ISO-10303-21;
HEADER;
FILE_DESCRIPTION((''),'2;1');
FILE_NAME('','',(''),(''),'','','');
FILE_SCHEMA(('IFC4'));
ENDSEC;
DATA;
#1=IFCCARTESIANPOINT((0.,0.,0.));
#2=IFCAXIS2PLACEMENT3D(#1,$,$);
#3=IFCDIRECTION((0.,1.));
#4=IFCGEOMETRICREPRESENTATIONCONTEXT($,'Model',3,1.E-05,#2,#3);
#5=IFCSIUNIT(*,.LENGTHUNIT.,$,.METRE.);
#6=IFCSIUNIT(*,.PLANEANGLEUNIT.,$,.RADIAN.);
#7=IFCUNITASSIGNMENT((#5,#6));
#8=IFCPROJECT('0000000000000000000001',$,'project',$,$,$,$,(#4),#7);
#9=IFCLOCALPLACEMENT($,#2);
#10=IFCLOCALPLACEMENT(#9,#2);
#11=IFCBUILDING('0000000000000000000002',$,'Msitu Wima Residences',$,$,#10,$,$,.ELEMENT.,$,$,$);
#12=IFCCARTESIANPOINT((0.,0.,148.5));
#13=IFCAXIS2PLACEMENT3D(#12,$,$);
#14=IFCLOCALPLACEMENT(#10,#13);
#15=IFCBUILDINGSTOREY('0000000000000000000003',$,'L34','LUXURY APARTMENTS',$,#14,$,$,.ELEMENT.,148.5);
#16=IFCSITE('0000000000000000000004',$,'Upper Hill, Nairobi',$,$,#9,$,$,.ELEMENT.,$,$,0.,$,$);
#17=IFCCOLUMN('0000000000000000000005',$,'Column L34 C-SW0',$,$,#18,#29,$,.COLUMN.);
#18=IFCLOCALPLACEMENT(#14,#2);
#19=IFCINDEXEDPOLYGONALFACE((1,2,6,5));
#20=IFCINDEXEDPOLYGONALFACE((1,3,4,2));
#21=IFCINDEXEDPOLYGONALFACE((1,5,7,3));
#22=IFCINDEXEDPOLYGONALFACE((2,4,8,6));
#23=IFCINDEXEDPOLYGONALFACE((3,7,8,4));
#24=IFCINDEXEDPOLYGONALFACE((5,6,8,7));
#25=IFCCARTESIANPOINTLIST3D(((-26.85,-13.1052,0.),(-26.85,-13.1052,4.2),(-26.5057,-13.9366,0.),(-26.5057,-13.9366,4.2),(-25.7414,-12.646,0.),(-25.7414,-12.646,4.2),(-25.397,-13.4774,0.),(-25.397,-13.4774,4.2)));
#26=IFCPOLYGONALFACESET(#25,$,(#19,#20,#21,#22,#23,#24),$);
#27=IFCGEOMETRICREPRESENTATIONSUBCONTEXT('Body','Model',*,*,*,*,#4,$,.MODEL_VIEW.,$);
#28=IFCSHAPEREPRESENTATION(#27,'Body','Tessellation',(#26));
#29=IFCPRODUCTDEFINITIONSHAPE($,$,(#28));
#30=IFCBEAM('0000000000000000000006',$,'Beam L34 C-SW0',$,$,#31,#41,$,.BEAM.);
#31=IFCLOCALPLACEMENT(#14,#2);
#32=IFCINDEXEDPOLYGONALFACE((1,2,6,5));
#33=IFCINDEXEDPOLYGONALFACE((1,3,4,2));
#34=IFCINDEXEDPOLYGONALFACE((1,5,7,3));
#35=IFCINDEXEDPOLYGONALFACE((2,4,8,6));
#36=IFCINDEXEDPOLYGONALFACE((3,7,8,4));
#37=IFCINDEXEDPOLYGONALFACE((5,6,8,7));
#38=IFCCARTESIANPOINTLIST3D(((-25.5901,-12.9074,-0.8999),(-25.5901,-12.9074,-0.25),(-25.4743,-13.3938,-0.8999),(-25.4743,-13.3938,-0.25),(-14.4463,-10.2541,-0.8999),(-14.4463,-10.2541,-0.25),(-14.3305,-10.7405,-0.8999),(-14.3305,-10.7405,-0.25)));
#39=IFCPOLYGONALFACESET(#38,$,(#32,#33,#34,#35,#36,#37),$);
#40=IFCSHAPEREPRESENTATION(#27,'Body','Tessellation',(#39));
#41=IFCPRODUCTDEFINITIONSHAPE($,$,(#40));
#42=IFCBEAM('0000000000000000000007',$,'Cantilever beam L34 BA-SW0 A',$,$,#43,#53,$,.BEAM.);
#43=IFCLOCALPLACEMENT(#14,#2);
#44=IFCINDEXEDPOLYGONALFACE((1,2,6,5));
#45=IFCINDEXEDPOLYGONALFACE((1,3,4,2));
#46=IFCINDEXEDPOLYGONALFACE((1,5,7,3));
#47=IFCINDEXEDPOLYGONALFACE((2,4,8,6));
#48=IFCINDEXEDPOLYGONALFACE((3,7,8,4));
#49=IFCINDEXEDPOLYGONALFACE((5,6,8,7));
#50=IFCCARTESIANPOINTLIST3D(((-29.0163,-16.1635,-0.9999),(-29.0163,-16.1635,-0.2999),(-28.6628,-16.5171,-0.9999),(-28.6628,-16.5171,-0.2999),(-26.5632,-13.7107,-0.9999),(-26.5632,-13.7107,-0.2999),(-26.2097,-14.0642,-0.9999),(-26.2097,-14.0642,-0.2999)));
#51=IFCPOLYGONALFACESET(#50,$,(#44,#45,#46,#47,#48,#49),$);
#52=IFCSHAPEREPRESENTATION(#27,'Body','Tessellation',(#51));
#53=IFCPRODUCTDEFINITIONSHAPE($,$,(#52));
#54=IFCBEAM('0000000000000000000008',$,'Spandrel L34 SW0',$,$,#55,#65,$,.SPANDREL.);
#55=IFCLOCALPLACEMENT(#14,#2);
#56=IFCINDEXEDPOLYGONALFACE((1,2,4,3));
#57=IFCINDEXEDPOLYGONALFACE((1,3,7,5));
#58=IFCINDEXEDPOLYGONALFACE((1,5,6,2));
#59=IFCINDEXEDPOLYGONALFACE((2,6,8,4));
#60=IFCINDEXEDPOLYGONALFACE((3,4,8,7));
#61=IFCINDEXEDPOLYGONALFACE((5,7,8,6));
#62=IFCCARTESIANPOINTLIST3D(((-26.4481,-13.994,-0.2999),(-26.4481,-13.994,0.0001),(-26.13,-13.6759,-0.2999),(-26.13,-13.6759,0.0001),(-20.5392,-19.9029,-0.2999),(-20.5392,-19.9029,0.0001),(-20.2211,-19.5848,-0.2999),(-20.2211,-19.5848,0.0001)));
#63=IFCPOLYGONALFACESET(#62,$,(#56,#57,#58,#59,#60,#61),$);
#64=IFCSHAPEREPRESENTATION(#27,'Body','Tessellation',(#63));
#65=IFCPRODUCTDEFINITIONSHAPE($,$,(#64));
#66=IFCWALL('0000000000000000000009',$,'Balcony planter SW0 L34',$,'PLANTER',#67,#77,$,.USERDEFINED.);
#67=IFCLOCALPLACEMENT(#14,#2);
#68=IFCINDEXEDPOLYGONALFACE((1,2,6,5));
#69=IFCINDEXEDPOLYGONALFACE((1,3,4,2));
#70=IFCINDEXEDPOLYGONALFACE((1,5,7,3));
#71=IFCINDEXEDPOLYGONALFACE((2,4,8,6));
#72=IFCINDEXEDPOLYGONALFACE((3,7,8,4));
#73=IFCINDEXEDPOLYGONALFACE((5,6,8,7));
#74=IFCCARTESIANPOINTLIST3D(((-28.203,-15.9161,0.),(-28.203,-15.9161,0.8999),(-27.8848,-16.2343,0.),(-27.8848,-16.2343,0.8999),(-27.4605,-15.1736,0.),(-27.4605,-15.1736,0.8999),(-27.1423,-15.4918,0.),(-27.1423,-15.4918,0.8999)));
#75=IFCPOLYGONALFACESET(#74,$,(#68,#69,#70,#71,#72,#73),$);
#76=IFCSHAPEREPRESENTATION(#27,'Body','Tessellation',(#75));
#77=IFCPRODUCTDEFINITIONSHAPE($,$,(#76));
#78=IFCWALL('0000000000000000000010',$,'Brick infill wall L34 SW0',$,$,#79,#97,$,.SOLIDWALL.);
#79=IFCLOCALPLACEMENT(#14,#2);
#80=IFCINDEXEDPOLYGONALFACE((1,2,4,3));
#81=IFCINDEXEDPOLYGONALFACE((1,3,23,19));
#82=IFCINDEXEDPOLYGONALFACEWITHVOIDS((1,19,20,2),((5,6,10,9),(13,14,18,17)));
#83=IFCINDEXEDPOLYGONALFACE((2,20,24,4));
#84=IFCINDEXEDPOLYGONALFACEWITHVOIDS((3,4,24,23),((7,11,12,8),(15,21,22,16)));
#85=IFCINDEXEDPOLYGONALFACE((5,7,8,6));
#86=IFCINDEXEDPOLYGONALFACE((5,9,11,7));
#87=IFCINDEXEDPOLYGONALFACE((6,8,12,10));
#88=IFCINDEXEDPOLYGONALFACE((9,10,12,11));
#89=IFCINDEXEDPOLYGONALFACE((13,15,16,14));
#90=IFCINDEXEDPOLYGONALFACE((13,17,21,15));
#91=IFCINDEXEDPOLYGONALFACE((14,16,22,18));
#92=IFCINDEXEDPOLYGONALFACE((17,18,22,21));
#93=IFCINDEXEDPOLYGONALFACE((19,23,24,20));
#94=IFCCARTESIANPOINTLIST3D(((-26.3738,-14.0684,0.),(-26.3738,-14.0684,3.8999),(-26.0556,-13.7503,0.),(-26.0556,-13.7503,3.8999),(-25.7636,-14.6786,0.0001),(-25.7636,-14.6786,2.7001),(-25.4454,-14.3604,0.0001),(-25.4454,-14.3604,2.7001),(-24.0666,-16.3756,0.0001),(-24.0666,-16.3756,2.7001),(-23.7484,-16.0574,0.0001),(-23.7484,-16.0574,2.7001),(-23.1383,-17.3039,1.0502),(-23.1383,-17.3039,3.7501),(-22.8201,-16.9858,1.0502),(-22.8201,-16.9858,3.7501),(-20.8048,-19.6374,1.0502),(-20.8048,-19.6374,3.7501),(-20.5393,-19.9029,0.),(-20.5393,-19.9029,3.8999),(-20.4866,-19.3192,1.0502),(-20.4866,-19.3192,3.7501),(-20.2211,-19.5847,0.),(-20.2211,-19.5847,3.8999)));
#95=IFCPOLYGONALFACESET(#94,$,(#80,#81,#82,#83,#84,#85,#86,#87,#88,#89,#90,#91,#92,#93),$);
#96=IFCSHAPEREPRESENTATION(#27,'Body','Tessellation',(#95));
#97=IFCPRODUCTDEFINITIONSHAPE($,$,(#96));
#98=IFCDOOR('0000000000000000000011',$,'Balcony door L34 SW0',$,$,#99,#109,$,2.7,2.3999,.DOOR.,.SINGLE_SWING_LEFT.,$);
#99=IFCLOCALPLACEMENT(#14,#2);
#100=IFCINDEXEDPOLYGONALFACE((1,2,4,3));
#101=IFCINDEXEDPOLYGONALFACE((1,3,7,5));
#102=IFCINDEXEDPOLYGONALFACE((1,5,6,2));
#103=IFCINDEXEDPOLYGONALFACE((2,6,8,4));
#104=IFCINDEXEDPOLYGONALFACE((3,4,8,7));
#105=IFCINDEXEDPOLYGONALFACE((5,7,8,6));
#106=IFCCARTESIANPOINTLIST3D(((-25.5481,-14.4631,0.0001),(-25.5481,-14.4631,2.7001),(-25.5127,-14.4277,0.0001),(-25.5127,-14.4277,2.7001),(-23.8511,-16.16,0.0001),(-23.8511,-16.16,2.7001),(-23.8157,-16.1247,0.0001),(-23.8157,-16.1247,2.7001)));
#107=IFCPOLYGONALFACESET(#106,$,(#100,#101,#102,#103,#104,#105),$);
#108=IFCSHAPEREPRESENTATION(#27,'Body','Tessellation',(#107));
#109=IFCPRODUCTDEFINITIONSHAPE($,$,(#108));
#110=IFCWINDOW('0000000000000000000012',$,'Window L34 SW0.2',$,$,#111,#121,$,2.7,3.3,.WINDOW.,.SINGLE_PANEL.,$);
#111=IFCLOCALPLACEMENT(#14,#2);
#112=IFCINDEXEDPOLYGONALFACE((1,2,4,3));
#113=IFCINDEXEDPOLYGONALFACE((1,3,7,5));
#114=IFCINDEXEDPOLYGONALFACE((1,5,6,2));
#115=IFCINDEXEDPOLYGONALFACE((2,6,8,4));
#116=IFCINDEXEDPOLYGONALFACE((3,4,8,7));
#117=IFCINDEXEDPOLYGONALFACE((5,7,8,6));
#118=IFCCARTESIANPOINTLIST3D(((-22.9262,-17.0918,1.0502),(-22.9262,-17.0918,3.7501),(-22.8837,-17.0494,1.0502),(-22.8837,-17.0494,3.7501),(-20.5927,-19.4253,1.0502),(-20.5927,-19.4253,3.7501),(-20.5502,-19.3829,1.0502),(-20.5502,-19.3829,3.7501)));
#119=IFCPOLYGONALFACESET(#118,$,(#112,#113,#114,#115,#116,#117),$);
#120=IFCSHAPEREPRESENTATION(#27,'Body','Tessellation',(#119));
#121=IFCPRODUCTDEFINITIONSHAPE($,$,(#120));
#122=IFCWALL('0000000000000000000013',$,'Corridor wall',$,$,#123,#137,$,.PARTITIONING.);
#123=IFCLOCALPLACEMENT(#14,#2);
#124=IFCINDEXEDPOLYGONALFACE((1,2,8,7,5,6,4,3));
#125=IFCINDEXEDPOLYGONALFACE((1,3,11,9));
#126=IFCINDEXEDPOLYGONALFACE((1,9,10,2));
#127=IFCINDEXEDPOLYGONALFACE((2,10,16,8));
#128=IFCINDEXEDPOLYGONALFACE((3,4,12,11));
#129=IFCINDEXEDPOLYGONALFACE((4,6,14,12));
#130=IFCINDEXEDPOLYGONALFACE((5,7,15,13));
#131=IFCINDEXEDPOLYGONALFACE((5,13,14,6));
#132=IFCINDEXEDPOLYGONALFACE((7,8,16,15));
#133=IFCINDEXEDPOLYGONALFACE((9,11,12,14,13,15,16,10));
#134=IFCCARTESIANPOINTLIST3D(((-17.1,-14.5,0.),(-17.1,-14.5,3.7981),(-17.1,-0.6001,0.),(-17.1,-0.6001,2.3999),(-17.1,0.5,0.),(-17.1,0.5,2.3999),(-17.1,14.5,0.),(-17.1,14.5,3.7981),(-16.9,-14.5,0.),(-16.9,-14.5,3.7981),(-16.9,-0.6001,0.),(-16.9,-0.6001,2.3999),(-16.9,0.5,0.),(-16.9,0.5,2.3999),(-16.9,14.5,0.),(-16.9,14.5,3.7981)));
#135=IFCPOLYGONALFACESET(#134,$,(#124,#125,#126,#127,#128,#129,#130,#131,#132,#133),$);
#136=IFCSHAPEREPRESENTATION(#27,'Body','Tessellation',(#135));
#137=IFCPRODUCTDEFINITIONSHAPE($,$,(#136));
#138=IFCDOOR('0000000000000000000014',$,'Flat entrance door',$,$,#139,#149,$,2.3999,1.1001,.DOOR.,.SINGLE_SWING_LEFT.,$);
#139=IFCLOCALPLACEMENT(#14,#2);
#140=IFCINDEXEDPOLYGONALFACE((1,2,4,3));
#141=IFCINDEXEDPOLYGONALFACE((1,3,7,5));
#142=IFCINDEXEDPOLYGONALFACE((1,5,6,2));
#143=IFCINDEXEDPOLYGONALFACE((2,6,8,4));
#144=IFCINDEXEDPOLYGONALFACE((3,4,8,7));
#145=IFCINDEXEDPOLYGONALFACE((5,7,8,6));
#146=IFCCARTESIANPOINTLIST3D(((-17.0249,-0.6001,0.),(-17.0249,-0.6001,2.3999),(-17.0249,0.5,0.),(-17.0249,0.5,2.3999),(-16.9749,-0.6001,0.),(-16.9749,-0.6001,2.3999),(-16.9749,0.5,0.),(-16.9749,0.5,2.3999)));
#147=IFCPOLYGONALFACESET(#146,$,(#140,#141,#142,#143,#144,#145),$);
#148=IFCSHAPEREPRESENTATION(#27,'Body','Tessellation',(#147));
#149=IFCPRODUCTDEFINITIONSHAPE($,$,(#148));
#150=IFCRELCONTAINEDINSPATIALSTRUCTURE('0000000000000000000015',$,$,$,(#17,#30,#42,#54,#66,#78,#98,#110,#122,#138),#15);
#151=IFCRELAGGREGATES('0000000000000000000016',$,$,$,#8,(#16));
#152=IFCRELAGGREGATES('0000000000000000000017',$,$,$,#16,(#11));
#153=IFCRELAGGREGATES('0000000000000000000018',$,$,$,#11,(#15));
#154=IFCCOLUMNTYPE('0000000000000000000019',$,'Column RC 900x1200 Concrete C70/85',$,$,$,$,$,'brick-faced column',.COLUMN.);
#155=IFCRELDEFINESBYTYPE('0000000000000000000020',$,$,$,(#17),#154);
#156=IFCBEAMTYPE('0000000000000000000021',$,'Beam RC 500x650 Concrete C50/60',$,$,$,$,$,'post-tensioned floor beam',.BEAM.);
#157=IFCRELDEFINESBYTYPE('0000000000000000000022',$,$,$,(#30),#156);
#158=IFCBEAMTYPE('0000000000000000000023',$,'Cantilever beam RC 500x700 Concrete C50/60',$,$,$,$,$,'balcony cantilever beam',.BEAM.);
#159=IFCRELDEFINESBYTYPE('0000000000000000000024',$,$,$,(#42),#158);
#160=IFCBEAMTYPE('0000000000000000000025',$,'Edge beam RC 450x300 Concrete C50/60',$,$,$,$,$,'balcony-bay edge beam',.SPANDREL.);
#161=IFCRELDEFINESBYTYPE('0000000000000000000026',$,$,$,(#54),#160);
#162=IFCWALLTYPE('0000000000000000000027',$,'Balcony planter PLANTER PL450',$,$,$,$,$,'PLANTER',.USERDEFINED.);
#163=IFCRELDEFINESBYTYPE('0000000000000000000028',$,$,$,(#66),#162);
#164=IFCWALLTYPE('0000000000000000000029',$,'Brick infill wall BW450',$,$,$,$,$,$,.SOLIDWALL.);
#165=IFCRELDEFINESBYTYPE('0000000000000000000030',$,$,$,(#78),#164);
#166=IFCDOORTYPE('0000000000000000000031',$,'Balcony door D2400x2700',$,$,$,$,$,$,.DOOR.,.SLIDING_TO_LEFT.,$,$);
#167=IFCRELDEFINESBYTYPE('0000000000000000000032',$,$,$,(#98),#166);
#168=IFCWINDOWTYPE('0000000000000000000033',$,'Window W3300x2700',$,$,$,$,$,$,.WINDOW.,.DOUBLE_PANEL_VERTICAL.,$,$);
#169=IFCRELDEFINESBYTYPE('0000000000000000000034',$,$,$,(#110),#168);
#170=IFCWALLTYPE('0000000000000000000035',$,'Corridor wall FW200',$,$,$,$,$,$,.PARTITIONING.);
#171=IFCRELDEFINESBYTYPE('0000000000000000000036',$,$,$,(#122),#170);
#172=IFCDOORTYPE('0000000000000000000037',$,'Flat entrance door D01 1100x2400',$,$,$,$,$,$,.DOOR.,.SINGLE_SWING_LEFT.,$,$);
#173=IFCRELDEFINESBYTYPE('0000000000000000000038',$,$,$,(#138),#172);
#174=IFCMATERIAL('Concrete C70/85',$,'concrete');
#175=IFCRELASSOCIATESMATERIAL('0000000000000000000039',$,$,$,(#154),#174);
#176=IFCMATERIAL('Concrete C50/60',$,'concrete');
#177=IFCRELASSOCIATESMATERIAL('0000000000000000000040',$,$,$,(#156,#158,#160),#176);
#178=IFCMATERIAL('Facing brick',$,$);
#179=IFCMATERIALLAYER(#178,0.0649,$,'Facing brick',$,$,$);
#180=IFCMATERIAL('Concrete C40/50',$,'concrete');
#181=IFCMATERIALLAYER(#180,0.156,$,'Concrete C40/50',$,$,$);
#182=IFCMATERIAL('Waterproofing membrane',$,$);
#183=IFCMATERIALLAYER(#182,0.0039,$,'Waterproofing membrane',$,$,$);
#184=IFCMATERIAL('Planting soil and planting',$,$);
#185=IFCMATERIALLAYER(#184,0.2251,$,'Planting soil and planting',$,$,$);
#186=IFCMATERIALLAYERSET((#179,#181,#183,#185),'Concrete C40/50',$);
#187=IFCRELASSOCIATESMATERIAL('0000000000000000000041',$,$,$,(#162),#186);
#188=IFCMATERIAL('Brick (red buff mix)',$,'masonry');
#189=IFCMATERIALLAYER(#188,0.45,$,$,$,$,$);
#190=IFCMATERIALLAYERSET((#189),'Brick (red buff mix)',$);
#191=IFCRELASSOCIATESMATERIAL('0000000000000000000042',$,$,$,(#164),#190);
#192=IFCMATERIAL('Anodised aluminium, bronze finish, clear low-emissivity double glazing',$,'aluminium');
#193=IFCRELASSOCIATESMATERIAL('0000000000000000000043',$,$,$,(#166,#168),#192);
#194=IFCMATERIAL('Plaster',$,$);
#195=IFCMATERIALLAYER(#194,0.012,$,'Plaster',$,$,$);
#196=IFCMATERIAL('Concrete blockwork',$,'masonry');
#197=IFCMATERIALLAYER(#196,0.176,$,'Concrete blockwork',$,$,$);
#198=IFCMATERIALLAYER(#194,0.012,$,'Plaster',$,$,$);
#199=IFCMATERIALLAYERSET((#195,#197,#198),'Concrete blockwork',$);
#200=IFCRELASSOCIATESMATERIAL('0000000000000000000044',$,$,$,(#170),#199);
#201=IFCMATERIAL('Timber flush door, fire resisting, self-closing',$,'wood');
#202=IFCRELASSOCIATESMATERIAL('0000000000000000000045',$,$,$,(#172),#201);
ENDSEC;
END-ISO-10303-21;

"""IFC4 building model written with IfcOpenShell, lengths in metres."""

from ifc_helpers import new_model, si_unit, direction, frame, frame_2d, origin, origin_2d, place, context, subcontext, project, spatial, rectangle, extrude, material, layer, layer_set, material_profile, profile_set, type_object, element, fill, save


model = new_model("IFC4")

# Units and contexts
model_context = context("Model", 3, precision=1e-05, world=origin(), true_north=direction((0.0, 1.0)))
body_context = subcontext(model_context, "Body", "Model", "MODEL_VIEW")
ifc_project = project(units=[si_unit("LENGTHUNIT", "METRE"), si_unit("PLANEANGLEUNIT", "RADIAN")], contexts=[model_context])

# Site, building, storey
site_placement = place(None, origin())
site = spatial("IfcSite", under=ifc_project, at=site_placement, Name="Upper Hill, Nairobi", CompositionType="ELEMENT", RefElevation=0.0)
building_placement = place(site_placement, origin())
building = spatial("IfcBuilding", under=site, at=building_placement, Name="Msitu Wima Residences", CompositionType="ELEMENT")
storey_placement = place(building_placement, frame((0.0, 0.0, 148.5)))
storey = spatial("IfcBuildingStorey", under=building, at=storey_placement, Name="L34", Description="LUXURY APARTMENTS", CompositionType="ELEMENT", Elevation=148.5)

# Column
ifc_material_1 = material(Name="Concrete C70/85", Category="concrete")
ifc_material_profile_1 = material_profile(ifc_material_1, rectangle(XDim=0.8999, YDim=1.2, at=origin_2d()), Name="RC 900x1200")
ifc_profile_set_1 = profile_set([ifc_material_profile_1], Name="Concrete C70/85")
column_type = type_object("IfcColumnType", Name="Column RC 900x1200 Concrete C70/85", ElementType="brick-faced column", PredefinedType="COLUMN", material=ifc_profile_set_1)
column_placement = place(storey_placement, frame((-26.1235, -13.2913, 0.0), z_axis=(0.0, 0.0, 1.0), x_axis=(0.382683, -0.92388, 0.0)))
element("IfcColumn", 1, at=column_placement, inside=storey, type_object=column_type, Name="Column L34 C-SW0", PredefinedType="COLUMN", context=body_context, shape_type="SweptSolid", body=[
    extrude(rectangle(XDim=0.8999, YDim=1.2, at=origin_2d()), origin(), (0.0, 0.0, 1.0), 4.2),
])

# Beams
ifc_material_2 = material(Name="Concrete C50/60", Category="concrete")
ifc_material_profile_2 = material_profile(ifc_material_2, rectangle(XDim=0.5, YDim=0.6499, at=origin_2d()), Name="RC 500x650")
ifc_profile_set_2 = profile_set([ifc_material_profile_2], Name="Concrete C50/60")
beam_type_1 = type_object("IfcBeamType", Name="Beam RC 500x650 Concrete C50/60", ElementType="post-tensioned floor beam", PredefinedType="BEAM", material=ifc_profile_set_2)
beam_1_placement = place(storey_placement, frame((-25.5322, -13.1506, -0.575), z_axis=(0.972806, 0.231623, 0.0), x_axis=(-0.231623, 0.972806, 0.0)))
element("IfcBeam", 2, at=beam_1_placement, inside=storey, type_object=beam_type_1, Name="Beam L34 C-SW0", PredefinedType="BEAM", context=body_context, shape_type="SweptSolid", body=[
    extrude(rectangle(XDim=0.5, YDim=0.6499, at=origin_2d()), origin(), (0.0, 0.0, 1.0), 11.4553),
])
ifc_material_profile_3 = material_profile(ifc_material_2, rectangle(XDim=0.5, YDim=0.7, at=origin_2d()), Name="RC 500x700")
ifc_profile_set_3 = profile_set([ifc_material_profile_3], Name="Concrete C50/60")
beam_type_2 = type_object("IfcBeamType", Name="Cantilever beam RC 500x700 Concrete C50/60", ElementType="balcony cantilever beam", PredefinedType="BEAM", material=ifc_profile_set_3)
beam_2_placement = place(storey_placement, frame((-26.3865, -13.8875, -0.6499), z_axis=(-0.707142, -0.707072, 0.0), x_axis=(0.707072, -0.707142, 0.0)))
element("IfcBeam", 3, at=beam_2_placement, inside=storey, type_object=beam_type_2, Name="Cantilever beam L34 BA-SW0 A", PredefinedType="BEAM", context=body_context, shape_type="SweptSolid", body=[
    extrude(rectangle(XDim=0.5, YDim=0.7, at=origin_2d()), origin(), (0.0, 0.0, 1.0), 3.469),
])
ifc_material_profile_4 = material_profile(ifc_material_2, rectangle(XDim=0.45, YDim=0.3, at=origin_2d()), Name="RC 450x300")
ifc_profile_set_4 = profile_set([ifc_material_profile_4], Name="Concrete C50/60")
beam_type_3 = type_object("IfcBeamType", Name="Edge beam RC 450x300 Concrete C50/60", ElementType="balcony-bay edge beam", PredefinedType="SPANDREL", material=ifc_profile_set_4)
beam_3_placement = place(storey_placement, frame((-26.2891, -13.835, -0.1499), z_axis=(0.707107, -0.707107, 0.0), x_axis=(0.707107, 0.707107, 0.0)))
element("IfcBeam", 4, at=beam_3_placement, inside=storey, type_object=beam_type_3, Name="Spandrel L34 SW0", PredefinedType="SPANDREL", context=body_context, shape_type="SweptSolid", body=[
    extrude(rectangle(XDim=0.45, YDim=0.3, at=origin_2d()), origin(), (0.0, 0.0, 1.0), 8.3564),
])

# Wall
ifc_material_3 = material(Name="Facing brick")
ifc_layer_1 = layer(ifc_material_3, 0.0649, Name="Facing brick")
ifc_material_4 = material(Name="Concrete C40/50", Category="concrete")
ifc_layer_2 = layer(ifc_material_4, 0.156, Name="Concrete C40/50")
ifc_material_5 = material(Name="Waterproofing membrane")
ifc_layer_3 = layer(ifc_material_5, 0.0039, Name="Waterproofing membrane")
ifc_material_6 = material(Name="Planting soil and planting")
ifc_layer_4 = layer(ifc_material_6, 0.2251, Name="Planting soil and planting")
ifc_layer_set_1 = layer_set([ifc_layer_1, ifc_layer_2, ifc_layer_3, ifc_layer_4], Name="Concrete C40/50")
wall_type_1 = type_object("IfcWallType", Name="Balcony planter PLANTER PL450", ElementType="PLANTER", PredefinedType="USERDEFINED", material=ifc_layer_set_1)
wall_1_placement = place(storey_placement, frame((-27.3015, -15.3328, 0.0), z_axis=(0.0, 0.0, 1.0), x_axis=(-0.707107, -0.707107, 0.0)))
element("IfcWall", 5, at=wall_1_placement, inside=storey, type_object=wall_type_1, Name="Balcony planter SW0 L34", ObjectType="PLANTER", PredefinedType="USERDEFINED", context=body_context, shape_type="SweptSolid", body=[
    extrude(rectangle(XDim=1.05, YDim=0.45, at=frame_2d((0.5249, 0.0))), origin(), (0.0, 0.0, 1.0), 0.8999),
])

# Wall, openings, door, window
ifc_material_7 = material(Name="Brick (red buff mix)", Category="masonry")
ifc_layer_5 = layer(ifc_material_7, 0.45)
ifc_layer_set_2 = layer_set([ifc_layer_5], Name="Brick (red buff mix)")
wall_type_2 = type_object("IfcWallType", Name="Brick infill wall BW450", PredefinedType="SOLIDWALL", material=ifc_layer_set_2)
wall_2_placement = place(storey_placement, frame((-26.2146, -13.9094, 0.0), z_axis=(0.0, 0.0, 1.0), x_axis=(0.707107, -0.707107, 0.0)))
wall_2 = element("IfcWall", 6, at=wall_2_placement, inside=storey, type_object=wall_type_2, Name="Brick infill wall L34 SW0", PredefinedType="SOLIDWALL", context=body_context, shape_type="SweptSolid", body=[
    extrude(rectangle(XDim=8.2512, YDim=0.45, at=frame_2d((4.1255, 0.0))), origin(), (0.0, 0.0, 1.0), 3.8999),
])
opening_1_placement = place(wall_2_placement, frame((0.8628, 0.0, 0.0)))
opening_1 = element("IfcOpeningElement", 7, at=opening_1_placement, cuts=wall_2, PredefinedType="OPENING", context=body_context, shape_type="SweptSolid", body=[
    extrude(rectangle(XDim=2.3999, YDim=2.7, at=frame_2d((1.2, 1.3501))), frame((0.0, 0.2349, 0.0), z_axis=(0.0, -1.0, 0.0), x_axis=(1.0, 0.0, 0.0)), (0.0, 0.0, 1.0), 0.47),
])
opening_2_placement = place(wall_2_placement, frame((4.5757, 0.0, 1.05)))
opening_2 = element("IfcOpeningElement", 8, at=opening_2_placement, cuts=wall_2, PredefinedType="OPENING", context=body_context, shape_type="SweptSolid", body=[
    extrude(rectangle(XDim=3.3, YDim=2.7, at=frame_2d((1.6499, 1.3501))), frame((0.0, 0.2349, 0.0), z_axis=(0.0, -1.0, 0.0), x_axis=(1.0, 0.0, 0.0)), (0.0, 0.0, 1.0), 0.47),
])
ifc_material_8 = material(Name="Anodised aluminium, bronze finish, clear low-emissivity double glazing", Category="aluminium")
door_type_1 = type_object("IfcDoorType", Name="Balcony door D2400x2700", OperationType="SLIDING_TO_LEFT", PredefinedType="DOOR", material=ifc_material_8)
door_1_placement = place(opening_1_placement, origin())
door_1 = element("IfcDoor", 9, at=door_1_placement, inside=storey, type_object=door_type_1, Name="Balcony door L34 SW0", OperationType="SINGLE_SWING_LEFT", OverallHeight=2.7, OverallWidth=2.3999, PredefinedType="DOOR", context=body_context, shape_type="SweptSolid", body=[
    extrude(rectangle(XDim=2.3999, YDim=2.7, at=frame_2d((1.2, 1.3501))), frame((0.0, 0.1299, 0.0), z_axis=(0.0, -1.0, 0.0), x_axis=(1.0, 0.0, 0.0)), (0.0, 0.0, 1.0), 0.05),
])
fill(opening_1, door_1)
window_type = type_object("IfcWindowType", Name="Window W3300x2700", PartitioningType="DOUBLE_PANEL_VERTICAL", PredefinedType="WINDOW", material=ifc_material_8)
window_placement = place(opening_2_placement, origin())
window = element("IfcWindow", 10, at=window_placement, inside=storey, type_object=window_type, Name="Window L34 SW0.2", OverallHeight=2.7, OverallWidth=3.3, PartitioningType="SINGLE_PANEL", PredefinedType="WINDOW", context=body_context, shape_type="SweptSolid", body=[
    extrude(rectangle(XDim=3.3, YDim=2.7, at=frame_2d((1.6499, 1.3501))), frame((0.0, 0.135, 0.0), z_axis=(0.0, -1.0, 0.0), x_axis=(1.0, 0.0, 0.0)), (0.0, 0.0, 1.0), 0.0601),
])
fill(opening_2, window)

# Wall, opening, door
ifc_material_9 = material(Name="Plaster")
ifc_layer_6 = layer(ifc_material_9, 0.012, Name="Plaster")
ifc_material_10 = material(Name="Concrete blockwork", Category="masonry")
ifc_layer_7 = layer(ifc_material_10, 0.176, Name="Concrete blockwork")
ifc_layer_8 = layer(ifc_material_9, 0.012, Name="Plaster")
ifc_layer_set_3 = layer_set([ifc_layer_6, ifc_layer_7, ifc_layer_8], Name="Concrete blockwork")
wall_type_3 = type_object("IfcWallType", Name="Corridor wall FW200", PredefinedType="PARTITIONING", material=ifc_layer_set_3)
wall_3_placement = place(storey_placement, frame((-17.0, -14.5, 0.0), z_axis=(0.0, 0.0, 1.0), x_axis=(0.0, 1.0, 0.0)))
wall_3 = element("IfcWall", 11, at=wall_3_placement, inside=storey, type_object=wall_type_3, Name="Corridor wall", PredefinedType="PARTITIONING", context=body_context, shape_type="SweptSolid", body=[
    extrude(rectangle(XDim=29.0, YDim=0.2, at=frame_2d((14.5, 0.0))), origin(), (0.0, 0.0, 1.0), 3.7981),
])
opening_3_placement = place(wall_3_placement, frame((13.8999, 0.0, 0.0)))
opening_3 = element("IfcOpeningElement", 12, at=opening_3_placement, cuts=wall_3, PredefinedType="OPENING", context=body_context, shape_type="SweptSolid", body=[
    extrude(rectangle(XDim=1.1001, YDim=2.3999, at=frame_2d((0.55, 1.2))), frame((0.0, 0.1099, 0.0), z_axis=(0.0, -1.0, 0.0), x_axis=(1.0, 0.0, 0.0)), (0.0, 0.0, 1.0), 0.22),
])
ifc_material_11 = material(Name="Timber flush door, fire resisting, self-closing", Category="wood")
door_type_2 = type_object("IfcDoorType", Name="Flat entrance door D01 1100x2400", OperationType="SINGLE_SWING_LEFT", PredefinedType="DOOR", material=ifc_material_11)
door_2_placement = place(opening_3_placement, origin())
door_2 = element("IfcDoor", 13, at=door_2_placement, inside=storey, type_object=door_type_2, Name="Flat entrance door", OperationType="SINGLE_SWING_LEFT", OverallHeight=2.3999, OverallWidth=1.1001, PredefinedType="DOOR", context=body_context, shape_type="SweptSolid", body=[
    extrude(rectangle(XDim=1.1001, YDim=2.3999, at=frame_2d((0.55, 1.2))), frame((0.0, 0.0249, 0.0), z_axis=(0.0, -1.0, 0.0), x_axis=(1.0, 0.0, 0.0)), (0.0, 0.0, 1.0), 0.05),
])
fill(opening_3, door_2)

save(model, "model.ifc")
